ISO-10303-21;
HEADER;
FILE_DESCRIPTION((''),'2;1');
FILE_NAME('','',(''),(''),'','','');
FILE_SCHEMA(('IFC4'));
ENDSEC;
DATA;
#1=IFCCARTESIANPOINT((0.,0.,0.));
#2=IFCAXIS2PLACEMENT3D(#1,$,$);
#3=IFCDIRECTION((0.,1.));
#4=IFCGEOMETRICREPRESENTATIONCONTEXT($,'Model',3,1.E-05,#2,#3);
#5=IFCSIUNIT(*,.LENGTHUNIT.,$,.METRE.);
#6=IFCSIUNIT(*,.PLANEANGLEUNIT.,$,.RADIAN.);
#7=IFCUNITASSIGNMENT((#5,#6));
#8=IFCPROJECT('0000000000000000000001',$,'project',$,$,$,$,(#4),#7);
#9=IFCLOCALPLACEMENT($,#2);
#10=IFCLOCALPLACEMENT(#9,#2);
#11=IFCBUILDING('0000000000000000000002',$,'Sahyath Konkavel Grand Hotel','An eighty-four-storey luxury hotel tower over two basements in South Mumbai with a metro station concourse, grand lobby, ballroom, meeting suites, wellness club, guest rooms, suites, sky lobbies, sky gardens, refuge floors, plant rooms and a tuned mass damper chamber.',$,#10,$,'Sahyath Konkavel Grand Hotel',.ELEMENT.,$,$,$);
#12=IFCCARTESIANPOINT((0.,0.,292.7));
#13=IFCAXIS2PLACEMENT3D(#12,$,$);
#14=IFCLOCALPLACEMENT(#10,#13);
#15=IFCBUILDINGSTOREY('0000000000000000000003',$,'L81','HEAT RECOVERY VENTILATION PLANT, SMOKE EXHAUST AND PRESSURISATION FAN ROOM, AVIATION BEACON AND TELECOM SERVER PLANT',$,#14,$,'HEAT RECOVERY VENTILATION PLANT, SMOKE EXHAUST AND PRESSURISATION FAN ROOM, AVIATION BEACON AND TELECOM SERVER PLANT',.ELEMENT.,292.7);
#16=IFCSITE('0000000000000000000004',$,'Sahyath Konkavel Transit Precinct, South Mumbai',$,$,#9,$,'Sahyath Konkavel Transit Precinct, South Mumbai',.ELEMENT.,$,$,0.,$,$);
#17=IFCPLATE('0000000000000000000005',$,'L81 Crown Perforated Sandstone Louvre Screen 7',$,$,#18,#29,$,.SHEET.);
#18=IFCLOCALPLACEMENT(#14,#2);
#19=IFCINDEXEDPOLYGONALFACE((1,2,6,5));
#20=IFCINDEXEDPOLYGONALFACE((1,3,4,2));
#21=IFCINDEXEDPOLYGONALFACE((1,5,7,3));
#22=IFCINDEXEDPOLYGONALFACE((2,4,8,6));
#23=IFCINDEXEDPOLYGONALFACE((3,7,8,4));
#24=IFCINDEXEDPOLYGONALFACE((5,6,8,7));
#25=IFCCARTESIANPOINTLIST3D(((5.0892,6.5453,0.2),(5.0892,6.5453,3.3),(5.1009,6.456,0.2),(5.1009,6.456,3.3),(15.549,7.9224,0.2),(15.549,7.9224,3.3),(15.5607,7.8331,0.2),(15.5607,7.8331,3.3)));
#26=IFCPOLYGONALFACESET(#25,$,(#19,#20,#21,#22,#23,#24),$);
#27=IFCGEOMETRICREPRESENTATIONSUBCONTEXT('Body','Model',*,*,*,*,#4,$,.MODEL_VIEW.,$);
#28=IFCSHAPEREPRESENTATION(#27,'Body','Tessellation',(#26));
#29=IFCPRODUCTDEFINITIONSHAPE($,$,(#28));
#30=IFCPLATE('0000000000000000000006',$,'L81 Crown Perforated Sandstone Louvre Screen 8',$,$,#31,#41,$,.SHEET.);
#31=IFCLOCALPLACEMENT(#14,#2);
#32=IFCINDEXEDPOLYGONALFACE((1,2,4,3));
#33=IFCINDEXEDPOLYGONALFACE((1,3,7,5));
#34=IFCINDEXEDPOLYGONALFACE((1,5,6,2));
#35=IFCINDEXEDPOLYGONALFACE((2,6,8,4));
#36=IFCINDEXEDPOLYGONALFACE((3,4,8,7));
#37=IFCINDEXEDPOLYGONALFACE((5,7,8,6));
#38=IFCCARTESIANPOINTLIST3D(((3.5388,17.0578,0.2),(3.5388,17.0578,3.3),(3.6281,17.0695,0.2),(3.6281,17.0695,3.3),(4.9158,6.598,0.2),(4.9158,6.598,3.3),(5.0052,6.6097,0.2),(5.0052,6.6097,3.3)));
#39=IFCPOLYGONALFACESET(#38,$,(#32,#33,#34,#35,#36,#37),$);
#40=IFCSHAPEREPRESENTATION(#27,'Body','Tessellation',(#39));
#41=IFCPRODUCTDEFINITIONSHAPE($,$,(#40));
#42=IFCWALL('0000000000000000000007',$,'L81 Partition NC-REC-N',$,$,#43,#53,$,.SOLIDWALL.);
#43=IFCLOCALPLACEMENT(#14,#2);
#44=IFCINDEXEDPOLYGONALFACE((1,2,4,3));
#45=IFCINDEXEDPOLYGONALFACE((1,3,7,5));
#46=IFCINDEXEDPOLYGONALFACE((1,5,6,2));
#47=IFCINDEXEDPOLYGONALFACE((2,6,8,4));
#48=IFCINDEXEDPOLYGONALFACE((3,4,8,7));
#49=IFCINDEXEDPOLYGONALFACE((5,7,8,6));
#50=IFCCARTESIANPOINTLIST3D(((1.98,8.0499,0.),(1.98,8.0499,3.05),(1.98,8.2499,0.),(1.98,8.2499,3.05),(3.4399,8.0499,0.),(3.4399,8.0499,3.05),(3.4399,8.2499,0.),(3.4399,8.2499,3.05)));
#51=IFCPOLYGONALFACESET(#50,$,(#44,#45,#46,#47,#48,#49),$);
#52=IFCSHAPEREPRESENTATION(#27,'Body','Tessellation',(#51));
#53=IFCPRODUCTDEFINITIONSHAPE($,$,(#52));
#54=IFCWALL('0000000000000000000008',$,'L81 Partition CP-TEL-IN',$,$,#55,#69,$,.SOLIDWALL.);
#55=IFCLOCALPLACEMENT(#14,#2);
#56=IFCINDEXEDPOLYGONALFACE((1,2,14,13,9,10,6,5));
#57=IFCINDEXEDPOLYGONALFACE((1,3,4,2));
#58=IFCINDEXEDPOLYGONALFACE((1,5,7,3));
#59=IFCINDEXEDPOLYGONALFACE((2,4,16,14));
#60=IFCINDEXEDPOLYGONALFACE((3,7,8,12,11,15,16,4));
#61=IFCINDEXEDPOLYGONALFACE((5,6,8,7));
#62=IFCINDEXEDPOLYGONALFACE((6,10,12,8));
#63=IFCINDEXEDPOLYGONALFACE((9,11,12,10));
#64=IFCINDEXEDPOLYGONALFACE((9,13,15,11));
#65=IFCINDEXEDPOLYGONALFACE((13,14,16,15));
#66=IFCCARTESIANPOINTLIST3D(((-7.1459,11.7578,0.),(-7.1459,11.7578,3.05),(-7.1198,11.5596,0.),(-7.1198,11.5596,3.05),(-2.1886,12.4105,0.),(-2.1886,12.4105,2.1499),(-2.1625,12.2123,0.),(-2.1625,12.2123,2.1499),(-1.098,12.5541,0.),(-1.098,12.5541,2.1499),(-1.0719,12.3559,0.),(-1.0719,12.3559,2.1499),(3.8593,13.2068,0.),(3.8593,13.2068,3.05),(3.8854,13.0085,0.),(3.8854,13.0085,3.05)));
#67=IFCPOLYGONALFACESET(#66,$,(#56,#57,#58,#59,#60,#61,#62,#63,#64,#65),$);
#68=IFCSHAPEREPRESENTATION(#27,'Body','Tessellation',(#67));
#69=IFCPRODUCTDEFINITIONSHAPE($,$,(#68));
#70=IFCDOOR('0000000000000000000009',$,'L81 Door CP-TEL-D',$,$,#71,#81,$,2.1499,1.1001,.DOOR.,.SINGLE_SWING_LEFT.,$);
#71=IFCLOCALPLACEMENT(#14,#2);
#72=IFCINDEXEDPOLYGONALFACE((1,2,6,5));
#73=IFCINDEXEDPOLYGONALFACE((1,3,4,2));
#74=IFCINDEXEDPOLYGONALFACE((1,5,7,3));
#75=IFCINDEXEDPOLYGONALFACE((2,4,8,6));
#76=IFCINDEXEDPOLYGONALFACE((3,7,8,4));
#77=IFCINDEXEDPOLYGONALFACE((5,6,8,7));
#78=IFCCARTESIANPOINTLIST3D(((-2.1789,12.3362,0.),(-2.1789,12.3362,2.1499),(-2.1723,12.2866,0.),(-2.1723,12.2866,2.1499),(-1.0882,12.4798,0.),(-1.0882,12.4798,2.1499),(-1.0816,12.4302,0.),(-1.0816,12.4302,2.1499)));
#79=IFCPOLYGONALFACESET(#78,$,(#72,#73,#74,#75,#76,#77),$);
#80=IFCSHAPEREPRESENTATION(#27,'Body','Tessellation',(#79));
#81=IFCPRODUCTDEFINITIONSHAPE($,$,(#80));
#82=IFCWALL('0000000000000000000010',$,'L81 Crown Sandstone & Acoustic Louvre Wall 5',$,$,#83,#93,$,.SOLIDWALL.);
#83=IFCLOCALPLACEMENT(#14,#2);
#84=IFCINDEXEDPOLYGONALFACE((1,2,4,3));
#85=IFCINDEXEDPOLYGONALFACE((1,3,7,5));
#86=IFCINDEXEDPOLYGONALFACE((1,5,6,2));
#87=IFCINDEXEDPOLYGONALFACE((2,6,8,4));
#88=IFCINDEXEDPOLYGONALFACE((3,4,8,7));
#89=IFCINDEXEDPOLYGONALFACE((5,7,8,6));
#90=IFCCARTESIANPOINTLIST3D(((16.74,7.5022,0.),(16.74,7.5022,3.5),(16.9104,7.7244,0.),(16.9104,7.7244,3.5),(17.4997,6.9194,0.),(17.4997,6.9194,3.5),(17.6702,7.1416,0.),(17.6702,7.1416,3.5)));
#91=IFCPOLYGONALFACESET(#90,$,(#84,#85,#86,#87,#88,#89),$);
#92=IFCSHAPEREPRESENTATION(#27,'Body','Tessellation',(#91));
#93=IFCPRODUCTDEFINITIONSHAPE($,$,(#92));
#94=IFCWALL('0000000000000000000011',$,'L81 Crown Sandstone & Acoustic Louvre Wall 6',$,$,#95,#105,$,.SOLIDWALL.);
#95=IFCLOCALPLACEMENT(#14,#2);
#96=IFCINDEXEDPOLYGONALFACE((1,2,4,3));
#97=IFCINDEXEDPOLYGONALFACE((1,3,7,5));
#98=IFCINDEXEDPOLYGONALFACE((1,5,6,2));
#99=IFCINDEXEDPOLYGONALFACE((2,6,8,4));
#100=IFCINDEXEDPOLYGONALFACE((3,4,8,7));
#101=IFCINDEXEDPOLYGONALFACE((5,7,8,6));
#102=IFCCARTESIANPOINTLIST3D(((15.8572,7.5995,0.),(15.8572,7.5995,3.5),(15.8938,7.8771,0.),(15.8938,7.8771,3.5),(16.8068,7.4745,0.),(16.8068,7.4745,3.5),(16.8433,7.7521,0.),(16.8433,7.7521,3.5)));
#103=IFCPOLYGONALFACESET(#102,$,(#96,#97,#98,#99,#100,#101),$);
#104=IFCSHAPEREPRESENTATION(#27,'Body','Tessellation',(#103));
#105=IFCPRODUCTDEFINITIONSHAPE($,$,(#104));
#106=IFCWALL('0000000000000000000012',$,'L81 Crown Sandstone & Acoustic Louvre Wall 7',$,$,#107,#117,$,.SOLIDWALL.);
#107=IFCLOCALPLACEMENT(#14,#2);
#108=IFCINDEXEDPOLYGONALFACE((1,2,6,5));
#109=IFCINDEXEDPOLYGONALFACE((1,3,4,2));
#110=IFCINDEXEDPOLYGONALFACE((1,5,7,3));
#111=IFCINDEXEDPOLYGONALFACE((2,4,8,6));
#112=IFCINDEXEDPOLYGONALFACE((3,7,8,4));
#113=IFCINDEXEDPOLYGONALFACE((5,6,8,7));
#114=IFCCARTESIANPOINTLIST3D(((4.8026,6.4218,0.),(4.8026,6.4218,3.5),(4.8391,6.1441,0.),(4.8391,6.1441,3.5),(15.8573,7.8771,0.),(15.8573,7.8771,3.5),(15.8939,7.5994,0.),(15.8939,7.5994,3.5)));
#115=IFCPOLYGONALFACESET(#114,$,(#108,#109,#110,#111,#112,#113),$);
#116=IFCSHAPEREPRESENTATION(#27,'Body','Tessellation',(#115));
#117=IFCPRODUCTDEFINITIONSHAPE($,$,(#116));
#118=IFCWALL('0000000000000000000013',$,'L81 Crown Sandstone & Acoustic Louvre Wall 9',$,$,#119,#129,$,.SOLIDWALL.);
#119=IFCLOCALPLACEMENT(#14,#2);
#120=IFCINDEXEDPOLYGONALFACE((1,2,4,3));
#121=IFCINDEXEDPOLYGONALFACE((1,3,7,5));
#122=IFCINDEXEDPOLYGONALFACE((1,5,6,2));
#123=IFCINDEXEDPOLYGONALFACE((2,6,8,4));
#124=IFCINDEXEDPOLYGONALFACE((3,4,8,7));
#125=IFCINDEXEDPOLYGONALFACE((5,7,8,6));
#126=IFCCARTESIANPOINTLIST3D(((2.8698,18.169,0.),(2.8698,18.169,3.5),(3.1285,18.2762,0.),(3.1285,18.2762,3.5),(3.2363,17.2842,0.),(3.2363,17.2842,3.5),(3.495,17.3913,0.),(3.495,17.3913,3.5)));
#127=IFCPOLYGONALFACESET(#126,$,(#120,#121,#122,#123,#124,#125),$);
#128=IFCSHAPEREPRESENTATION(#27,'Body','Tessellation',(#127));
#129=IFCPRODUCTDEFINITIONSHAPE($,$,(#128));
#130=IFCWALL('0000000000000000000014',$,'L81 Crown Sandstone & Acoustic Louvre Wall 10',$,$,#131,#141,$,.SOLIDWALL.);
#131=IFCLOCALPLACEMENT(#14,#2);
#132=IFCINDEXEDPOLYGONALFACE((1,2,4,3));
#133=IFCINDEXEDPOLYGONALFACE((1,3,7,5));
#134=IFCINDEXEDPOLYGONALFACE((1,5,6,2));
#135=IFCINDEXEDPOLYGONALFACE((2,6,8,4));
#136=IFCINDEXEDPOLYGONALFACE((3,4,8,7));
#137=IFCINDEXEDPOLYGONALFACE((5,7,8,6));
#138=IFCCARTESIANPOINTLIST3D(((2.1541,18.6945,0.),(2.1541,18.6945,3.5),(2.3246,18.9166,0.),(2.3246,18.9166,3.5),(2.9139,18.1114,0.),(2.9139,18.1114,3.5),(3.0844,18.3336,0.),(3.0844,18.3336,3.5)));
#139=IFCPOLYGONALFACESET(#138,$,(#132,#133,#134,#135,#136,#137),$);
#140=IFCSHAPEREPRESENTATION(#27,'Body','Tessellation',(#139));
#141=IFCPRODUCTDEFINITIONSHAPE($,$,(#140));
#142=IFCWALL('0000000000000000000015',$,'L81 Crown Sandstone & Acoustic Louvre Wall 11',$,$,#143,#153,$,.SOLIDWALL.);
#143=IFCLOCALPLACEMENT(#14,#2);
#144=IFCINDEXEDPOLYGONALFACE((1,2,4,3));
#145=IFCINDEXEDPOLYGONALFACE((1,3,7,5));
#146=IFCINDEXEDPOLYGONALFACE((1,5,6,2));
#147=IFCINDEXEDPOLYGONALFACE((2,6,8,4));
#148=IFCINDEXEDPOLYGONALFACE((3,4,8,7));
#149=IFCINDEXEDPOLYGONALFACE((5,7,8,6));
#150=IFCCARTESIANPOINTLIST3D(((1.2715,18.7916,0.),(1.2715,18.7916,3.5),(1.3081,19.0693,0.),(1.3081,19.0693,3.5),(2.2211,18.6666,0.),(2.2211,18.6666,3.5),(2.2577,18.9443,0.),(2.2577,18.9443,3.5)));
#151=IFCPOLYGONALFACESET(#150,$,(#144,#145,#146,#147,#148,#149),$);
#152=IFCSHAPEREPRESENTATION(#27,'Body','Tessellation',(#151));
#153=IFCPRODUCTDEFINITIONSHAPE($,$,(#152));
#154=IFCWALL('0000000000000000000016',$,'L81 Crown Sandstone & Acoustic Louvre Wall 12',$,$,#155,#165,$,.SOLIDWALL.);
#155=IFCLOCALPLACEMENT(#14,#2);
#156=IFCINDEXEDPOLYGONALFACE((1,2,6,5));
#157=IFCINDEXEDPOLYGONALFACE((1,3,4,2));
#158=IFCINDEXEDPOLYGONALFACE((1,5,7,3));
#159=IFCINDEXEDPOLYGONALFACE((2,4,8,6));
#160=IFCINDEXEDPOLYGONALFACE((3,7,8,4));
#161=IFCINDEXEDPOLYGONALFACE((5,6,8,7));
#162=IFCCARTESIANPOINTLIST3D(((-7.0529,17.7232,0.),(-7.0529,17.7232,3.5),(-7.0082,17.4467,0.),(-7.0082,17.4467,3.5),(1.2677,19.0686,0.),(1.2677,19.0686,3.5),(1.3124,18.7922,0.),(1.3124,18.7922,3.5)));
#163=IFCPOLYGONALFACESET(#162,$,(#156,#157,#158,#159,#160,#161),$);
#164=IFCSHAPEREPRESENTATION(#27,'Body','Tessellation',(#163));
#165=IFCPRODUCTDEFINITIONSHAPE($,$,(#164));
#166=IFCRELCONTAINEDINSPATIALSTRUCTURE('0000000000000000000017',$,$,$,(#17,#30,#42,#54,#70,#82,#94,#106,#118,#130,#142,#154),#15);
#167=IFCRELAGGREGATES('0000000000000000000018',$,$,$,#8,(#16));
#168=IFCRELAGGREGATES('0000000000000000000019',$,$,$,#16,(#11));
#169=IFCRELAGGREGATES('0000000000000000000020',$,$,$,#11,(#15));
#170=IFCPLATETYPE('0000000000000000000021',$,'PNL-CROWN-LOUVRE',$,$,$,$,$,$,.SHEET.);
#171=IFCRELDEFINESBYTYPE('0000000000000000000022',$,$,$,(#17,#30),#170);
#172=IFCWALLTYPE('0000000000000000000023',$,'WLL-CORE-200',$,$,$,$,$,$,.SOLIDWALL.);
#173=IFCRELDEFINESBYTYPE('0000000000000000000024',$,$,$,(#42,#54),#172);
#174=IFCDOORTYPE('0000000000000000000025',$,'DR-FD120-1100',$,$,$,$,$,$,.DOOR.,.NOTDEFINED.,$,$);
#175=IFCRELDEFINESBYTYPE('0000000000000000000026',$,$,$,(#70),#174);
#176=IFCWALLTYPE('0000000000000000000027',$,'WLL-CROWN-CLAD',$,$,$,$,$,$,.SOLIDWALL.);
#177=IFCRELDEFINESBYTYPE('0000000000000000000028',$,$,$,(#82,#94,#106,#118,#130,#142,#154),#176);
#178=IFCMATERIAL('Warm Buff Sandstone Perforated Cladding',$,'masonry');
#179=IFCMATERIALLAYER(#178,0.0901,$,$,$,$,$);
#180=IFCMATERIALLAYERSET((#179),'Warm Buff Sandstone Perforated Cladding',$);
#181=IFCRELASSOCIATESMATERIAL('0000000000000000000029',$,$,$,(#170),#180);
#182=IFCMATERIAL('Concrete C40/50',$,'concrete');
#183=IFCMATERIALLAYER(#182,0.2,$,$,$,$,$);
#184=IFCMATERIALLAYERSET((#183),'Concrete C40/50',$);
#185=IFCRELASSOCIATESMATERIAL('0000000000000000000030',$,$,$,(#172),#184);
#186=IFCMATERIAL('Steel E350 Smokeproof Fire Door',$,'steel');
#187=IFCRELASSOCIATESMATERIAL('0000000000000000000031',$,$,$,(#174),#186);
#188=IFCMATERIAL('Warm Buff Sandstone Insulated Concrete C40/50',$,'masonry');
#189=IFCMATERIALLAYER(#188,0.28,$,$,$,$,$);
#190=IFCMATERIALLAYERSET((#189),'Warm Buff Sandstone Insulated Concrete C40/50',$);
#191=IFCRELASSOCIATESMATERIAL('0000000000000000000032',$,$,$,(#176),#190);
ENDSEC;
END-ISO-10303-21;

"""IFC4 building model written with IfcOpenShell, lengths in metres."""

from ifc_helpers import new_model, si_unit, direction, frame, frame_2d, origin, origin_2d, place, context, subcontext, project, spatial, rectangle, extrude, source, transform, mapped, material, layer, layer_set, type_object, element, fill, save


model = new_model("IFC4")

# Units and contexts
model_context = context("Model", 3, precision=1e-05, world=origin(), true_north=direction((0.0, 1.0)))
body_context = subcontext(model_context, "Body", "Model", "MODEL_VIEW")
ifc_project = project(units=[si_unit("LENGTHUNIT", "METRE"), si_unit("PLANEANGLEUNIT", "RADIAN")], contexts=[model_context])

# Site, building, storey
site_placement = place(None, origin())
site = spatial("IfcSite", under=ifc_project, at=site_placement, Name="Sahyath Konkavel Transit Precinct, South Mumbai", LongName="Sahyath Konkavel Transit Precinct, South Mumbai", CompositionType="ELEMENT", RefElevation=0.0)
building_placement = place(site_placement, origin())
building = spatial("IfcBuilding", under=site, at=building_placement, Name="Sahyath Konkavel Grand Hotel", Description="An eighty-four-storey luxury hotel tower over two basements in South Mumbai with a metro station concourse, grand lobby, ballroom, meeting suites, wellness club, guest rooms, suites, sky lobbies, sky gardens, refuge floors, plant rooms and a tuned mass damper chamber.", LongName="Sahyath Konkavel Grand Hotel", CompositionType="ELEMENT")
storey_placement = place(building_placement, frame((0.0, 0.0, 292.7)))
storey = spatial("IfcBuildingStorey", under=building, at=storey_placement, Name="L81", Description="HEAT RECOVERY VENTILATION PLANT, SMOKE EXHAUST AND PRESSURISATION FAN ROOM, AVIATION BEACON AND TELECOM SERVER PLANT", LongName="HEAT RECOVERY VENTILATION PLANT, SMOKE EXHAUST AND PRESSURISATION FAN ROOM, AVIATION BEACON AND TELECOM SERVER PLANT", CompositionType="ELEMENT", Elevation=292.7)

# Shared definitions
ifc_material_1 = material(Name="Concrete C40/50", Category="concrete")

# Plates
ifc_material_2 = material(Name="Warm Buff Sandstone Perforated Cladding", Category="masonry")
ifc_layer_1 = layer(ifc_material_2, 0.0901)
ifc_layer_set_1 = layer_set([ifc_layer_1], Name="Warm Buff Sandstone Perforated Cladding")
plate_type_1 = type_object("IfcPlateType", Name="PNL-CROWN-LOUVRE", PredefinedType="SHEET", material=ifc_layer_set_1)
shared_shape_1 = source(origin(), body_context, "Body", "SweptSolid", [
    extrude(rectangle(XDim=10.55, YDim=0.0901, at=origin_2d()), origin(), (0.0, 0.0, 1.0), 3.1001),
])
for number, where, z_axis, x_axis, name in (
    (1, (10.325, 7.1892, 0.2), (0.0, 0.0, 1.0), (-0.991445, -0.130526, 0.0), "L81 Crown Perforated Sandstone Louvre Screen 7"),
    (2, (4.272, 11.8337, 0.2), (0.0, 0.0, 1.0), (-0.130526, 0.991445, 0.0), "L81 Crown Perforated Sandstone Louvre Screen 8"),
):
    element("IfcPlate", number, at=place(storey_placement, frame(where, z_axis=z_axis, x_axis=x_axis)), inside=storey, type_object=plate_type_1, Name=name, PredefinedType="SHEET", context=body_context, shape_type="MappedRepresentation", body=[
        mapped(shared_shape_1, transform((0.0, 0.0, 0.0), scale=1.0)),
    ])

# Wall
ifc_layer_2 = layer(ifc_material_1, 0.2)
ifc_layer_set_2 = layer_set([ifc_layer_2], Name="Concrete C40/50")
wall_type_1 = type_object("IfcWallType", Name="WLL-CORE-200", PredefinedType="SOLIDWALL", material=ifc_layer_set_2)
wall_1_placement = place(storey_placement, frame((1.98, 8.1499, 0.0), z_axis=(0.0, 0.0, 1.0), x_axis=(1.0, 0.0, 0.0)))
element("IfcWall", 3, at=wall_1_placement, inside=storey, type_object=wall_type_1, Name="L81 Partition NC-REC-N", PredefinedType="SOLIDWALL", context=body_context, shape_type="SweptSolid", body=[
    extrude(rectangle(XDim=1.46, YDim=0.2, at=frame_2d((0.73, 0.0))), origin(), (0.0, 0.0, 1.0), 3.05),
])

# Wall, opening, door
wall_2_placement = place(storey_placement, frame((3.8723, 13.1077, 0.0), z_axis=(0.0, 0.0, 1.0), x_axis=(-0.991443, -0.130537, 0.0)))
wall_2 = element("IfcWall", 4, at=wall_2_placement, inside=storey, type_object=wall_type_1, Name="L81 Partition CP-TEL-IN", PredefinedType="SOLIDWALL", context=body_context, shape_type="SweptSolid", body=[
    extrude(rectangle(XDim=11.1001, YDim=0.2, at=frame_2d((5.55, 0.0))), origin(), (0.0, 0.0, 1.0), 3.05),
])
opening_placement = place(wall_2_placement, frame((5.0, 0.0, 0.0)))
opening = element("IfcOpeningElement", 5, at=opening_placement, cuts=wall_2, PredefinedType="OPENING", context=body_context, shape_type="SweptSolid", body=[
    extrude(rectangle(XDim=1.1001, YDim=2.1499, at=frame_2d((0.55, 1.075))), frame((0.0, 0.1099, 0.0), z_axis=(0.0, -1.0, 0.0), x_axis=(1.0, 0.0, 0.0)), (0.0, 0.0, 1.0), 0.22),
])
ifc_material_3 = material(Name="Steel E350 Smokeproof Fire Door", Category="steel")
door_type = type_object("IfcDoorType", Name="DR-FD120-1100", OperationType="NOTDEFINED", PredefinedType="DOOR", material=ifc_material_3)
shared_shape_2 = source(origin(), body_context, "Body", "SweptSolid", [
    extrude(rectangle(XDim=1.1001, YDim=0.05, at=origin_2d()), origin(), (0.0, 0.0, 1.0), 2.1499),
])
door_placement = place(opening_placement, frame((0.55, 0.0, 0.0)))
door = element("IfcDoor", 6, at=door_placement, inside=storey, type_object=door_type, Name="L81 Door CP-TEL-D", OperationType="SINGLE_SWING_LEFT", OverallHeight=2.1499, OverallWidth=1.1001, PredefinedType="DOOR", context=body_context, shape_type="MappedRepresentation", body=[
    mapped(shared_shape_2, transform((0.0, 0.0, 0.0), scale=1.0)),
])
fill(opening, door)

# Walls
ifc_material_4 = material(Name="Warm Buff Sandstone Insulated Concrete C40/50", Category="masonry")
ifc_layer_3 = layer(ifc_material_4, 0.28)
ifc_layer_set_3 = layer_set([ifc_layer_3], Name="Warm Buff Sandstone Insulated Concrete C40/50")
wall_type_2 = type_object("IfcWallType", Name="WLL-CROWN-CLAD", PredefinedType="SOLIDWALL", material=ifc_layer_set_3)
wall_3_placement = place(storey_placement, frame((17.585, 7.0305, 0.0), z_axis=(0.0, 0.0, 1.0), x_axis=(-0.793467, 0.608614, 0.0)))
element("IfcWall", 7, at=wall_3_placement, inside=storey, type_object=wall_type_2, Name="L81 Crown Sandstone & Acoustic Louvre Wall 5", PredefinedType="SOLIDWALL", context=body_context, shape_type="SweptSolid", body=[
    extrude(rectangle(XDim=0.9575, YDim=0.28, at=frame_2d((0.4788, 0.0))), origin(), (0.0, 0.0, 1.0), 3.5),
])
wall_4_placement = place(storey_placement, frame((16.8252, 7.6133, 0.0), z_axis=(0.0, 0.0, 1.0), x_axis=(-0.991445, 0.130527, 0.0)))
element("IfcWall", 8, at=wall_4_placement, inside=storey, type_object=wall_type_2, Name="L81 Crown Sandstone & Acoustic Louvre Wall 6", PredefinedType="SOLIDWALL", context=body_context, shape_type="SweptSolid", body=[
    extrude(rectangle(XDim=0.9578, YDim=0.28, at=frame_2d((0.479, 0.0))), origin(), (0.0, 0.0, 1.0), 3.5),
])
wall_5_placement = place(storey_placement, frame((15.8757, 7.7383, 0.0), z_axis=(0.0, 0.0, 1.0), x_axis=(-0.991445, -0.130521, 0.0)))
element("IfcWall", 9, at=wall_5_placement, inside=storey, type_object=wall_type_2, Name="L81 Crown Sandstone & Acoustic Louvre Wall 7", PredefinedType="SOLIDWALL", context=body_context, shape_type="SweptSolid", body=[
    extrude(rectangle(XDim=11.1501, YDim=0.28, at=frame_2d((5.5752, 0.0))), origin(), (0.0, 0.0, 1.0), 3.5),
])
for number, where, z_axis, x_axis, name in (
    (10, (3.3657, 17.3376, 0.0), (0.0, 0.0, 1.0), (-0.38266, 0.923889, 0.0), "L81 Crown Sandstone & Acoustic Louvre Wall 9"),
    (11, (2.9993, 18.2224, 0.0), (0.0, 0.0, 1.0), (-0.793344, 0.608774, 0.0), "L81 Crown Sandstone & Acoustic Louvre Wall 10"),
    (12, (2.2395, 18.8054, 0.0), (0.0, 0.0, 1.0), (-0.991445, 0.130527, 0.0), "L81 Crown Sandstone & Acoustic Louvre Wall 11"),
):
    element("IfcWall", number, at=place(storey_placement, frame(where, z_axis=z_axis, x_axis=x_axis)), inside=storey, type_object=wall_type_2, Name=name, PredefinedType="SOLIDWALL", context=body_context, shape_type="SweptSolid", body=[
        extrude(rectangle(XDim=0.9578, YDim=0.28, at=frame_2d((0.479, 0.0))), origin(), (0.0, 0.0, 1.0), 3.5),
    ])
wall_6_placement = place(storey_placement, frame((1.29, 18.9304, 0.0), z_axis=(0.0, 0.0, 1.0), x_axis=(-0.987177, -0.159629, 0.0)))
element("IfcWall", 13, at=wall_6_placement, inside=storey, type_object=wall_type_2, Name="L81 Crown Sandstone & Acoustic Louvre Wall 12", PredefinedType="SOLIDWALL", context=body_context, shape_type="SweptSolid", body=[
    extrude(rectangle(XDim=8.4287, YDim=0.28, at=frame_2d((4.2144, 0.0))), origin(), (0.0, 0.0, 1.0), 3.5),
])

save(model, "model.ifc")
